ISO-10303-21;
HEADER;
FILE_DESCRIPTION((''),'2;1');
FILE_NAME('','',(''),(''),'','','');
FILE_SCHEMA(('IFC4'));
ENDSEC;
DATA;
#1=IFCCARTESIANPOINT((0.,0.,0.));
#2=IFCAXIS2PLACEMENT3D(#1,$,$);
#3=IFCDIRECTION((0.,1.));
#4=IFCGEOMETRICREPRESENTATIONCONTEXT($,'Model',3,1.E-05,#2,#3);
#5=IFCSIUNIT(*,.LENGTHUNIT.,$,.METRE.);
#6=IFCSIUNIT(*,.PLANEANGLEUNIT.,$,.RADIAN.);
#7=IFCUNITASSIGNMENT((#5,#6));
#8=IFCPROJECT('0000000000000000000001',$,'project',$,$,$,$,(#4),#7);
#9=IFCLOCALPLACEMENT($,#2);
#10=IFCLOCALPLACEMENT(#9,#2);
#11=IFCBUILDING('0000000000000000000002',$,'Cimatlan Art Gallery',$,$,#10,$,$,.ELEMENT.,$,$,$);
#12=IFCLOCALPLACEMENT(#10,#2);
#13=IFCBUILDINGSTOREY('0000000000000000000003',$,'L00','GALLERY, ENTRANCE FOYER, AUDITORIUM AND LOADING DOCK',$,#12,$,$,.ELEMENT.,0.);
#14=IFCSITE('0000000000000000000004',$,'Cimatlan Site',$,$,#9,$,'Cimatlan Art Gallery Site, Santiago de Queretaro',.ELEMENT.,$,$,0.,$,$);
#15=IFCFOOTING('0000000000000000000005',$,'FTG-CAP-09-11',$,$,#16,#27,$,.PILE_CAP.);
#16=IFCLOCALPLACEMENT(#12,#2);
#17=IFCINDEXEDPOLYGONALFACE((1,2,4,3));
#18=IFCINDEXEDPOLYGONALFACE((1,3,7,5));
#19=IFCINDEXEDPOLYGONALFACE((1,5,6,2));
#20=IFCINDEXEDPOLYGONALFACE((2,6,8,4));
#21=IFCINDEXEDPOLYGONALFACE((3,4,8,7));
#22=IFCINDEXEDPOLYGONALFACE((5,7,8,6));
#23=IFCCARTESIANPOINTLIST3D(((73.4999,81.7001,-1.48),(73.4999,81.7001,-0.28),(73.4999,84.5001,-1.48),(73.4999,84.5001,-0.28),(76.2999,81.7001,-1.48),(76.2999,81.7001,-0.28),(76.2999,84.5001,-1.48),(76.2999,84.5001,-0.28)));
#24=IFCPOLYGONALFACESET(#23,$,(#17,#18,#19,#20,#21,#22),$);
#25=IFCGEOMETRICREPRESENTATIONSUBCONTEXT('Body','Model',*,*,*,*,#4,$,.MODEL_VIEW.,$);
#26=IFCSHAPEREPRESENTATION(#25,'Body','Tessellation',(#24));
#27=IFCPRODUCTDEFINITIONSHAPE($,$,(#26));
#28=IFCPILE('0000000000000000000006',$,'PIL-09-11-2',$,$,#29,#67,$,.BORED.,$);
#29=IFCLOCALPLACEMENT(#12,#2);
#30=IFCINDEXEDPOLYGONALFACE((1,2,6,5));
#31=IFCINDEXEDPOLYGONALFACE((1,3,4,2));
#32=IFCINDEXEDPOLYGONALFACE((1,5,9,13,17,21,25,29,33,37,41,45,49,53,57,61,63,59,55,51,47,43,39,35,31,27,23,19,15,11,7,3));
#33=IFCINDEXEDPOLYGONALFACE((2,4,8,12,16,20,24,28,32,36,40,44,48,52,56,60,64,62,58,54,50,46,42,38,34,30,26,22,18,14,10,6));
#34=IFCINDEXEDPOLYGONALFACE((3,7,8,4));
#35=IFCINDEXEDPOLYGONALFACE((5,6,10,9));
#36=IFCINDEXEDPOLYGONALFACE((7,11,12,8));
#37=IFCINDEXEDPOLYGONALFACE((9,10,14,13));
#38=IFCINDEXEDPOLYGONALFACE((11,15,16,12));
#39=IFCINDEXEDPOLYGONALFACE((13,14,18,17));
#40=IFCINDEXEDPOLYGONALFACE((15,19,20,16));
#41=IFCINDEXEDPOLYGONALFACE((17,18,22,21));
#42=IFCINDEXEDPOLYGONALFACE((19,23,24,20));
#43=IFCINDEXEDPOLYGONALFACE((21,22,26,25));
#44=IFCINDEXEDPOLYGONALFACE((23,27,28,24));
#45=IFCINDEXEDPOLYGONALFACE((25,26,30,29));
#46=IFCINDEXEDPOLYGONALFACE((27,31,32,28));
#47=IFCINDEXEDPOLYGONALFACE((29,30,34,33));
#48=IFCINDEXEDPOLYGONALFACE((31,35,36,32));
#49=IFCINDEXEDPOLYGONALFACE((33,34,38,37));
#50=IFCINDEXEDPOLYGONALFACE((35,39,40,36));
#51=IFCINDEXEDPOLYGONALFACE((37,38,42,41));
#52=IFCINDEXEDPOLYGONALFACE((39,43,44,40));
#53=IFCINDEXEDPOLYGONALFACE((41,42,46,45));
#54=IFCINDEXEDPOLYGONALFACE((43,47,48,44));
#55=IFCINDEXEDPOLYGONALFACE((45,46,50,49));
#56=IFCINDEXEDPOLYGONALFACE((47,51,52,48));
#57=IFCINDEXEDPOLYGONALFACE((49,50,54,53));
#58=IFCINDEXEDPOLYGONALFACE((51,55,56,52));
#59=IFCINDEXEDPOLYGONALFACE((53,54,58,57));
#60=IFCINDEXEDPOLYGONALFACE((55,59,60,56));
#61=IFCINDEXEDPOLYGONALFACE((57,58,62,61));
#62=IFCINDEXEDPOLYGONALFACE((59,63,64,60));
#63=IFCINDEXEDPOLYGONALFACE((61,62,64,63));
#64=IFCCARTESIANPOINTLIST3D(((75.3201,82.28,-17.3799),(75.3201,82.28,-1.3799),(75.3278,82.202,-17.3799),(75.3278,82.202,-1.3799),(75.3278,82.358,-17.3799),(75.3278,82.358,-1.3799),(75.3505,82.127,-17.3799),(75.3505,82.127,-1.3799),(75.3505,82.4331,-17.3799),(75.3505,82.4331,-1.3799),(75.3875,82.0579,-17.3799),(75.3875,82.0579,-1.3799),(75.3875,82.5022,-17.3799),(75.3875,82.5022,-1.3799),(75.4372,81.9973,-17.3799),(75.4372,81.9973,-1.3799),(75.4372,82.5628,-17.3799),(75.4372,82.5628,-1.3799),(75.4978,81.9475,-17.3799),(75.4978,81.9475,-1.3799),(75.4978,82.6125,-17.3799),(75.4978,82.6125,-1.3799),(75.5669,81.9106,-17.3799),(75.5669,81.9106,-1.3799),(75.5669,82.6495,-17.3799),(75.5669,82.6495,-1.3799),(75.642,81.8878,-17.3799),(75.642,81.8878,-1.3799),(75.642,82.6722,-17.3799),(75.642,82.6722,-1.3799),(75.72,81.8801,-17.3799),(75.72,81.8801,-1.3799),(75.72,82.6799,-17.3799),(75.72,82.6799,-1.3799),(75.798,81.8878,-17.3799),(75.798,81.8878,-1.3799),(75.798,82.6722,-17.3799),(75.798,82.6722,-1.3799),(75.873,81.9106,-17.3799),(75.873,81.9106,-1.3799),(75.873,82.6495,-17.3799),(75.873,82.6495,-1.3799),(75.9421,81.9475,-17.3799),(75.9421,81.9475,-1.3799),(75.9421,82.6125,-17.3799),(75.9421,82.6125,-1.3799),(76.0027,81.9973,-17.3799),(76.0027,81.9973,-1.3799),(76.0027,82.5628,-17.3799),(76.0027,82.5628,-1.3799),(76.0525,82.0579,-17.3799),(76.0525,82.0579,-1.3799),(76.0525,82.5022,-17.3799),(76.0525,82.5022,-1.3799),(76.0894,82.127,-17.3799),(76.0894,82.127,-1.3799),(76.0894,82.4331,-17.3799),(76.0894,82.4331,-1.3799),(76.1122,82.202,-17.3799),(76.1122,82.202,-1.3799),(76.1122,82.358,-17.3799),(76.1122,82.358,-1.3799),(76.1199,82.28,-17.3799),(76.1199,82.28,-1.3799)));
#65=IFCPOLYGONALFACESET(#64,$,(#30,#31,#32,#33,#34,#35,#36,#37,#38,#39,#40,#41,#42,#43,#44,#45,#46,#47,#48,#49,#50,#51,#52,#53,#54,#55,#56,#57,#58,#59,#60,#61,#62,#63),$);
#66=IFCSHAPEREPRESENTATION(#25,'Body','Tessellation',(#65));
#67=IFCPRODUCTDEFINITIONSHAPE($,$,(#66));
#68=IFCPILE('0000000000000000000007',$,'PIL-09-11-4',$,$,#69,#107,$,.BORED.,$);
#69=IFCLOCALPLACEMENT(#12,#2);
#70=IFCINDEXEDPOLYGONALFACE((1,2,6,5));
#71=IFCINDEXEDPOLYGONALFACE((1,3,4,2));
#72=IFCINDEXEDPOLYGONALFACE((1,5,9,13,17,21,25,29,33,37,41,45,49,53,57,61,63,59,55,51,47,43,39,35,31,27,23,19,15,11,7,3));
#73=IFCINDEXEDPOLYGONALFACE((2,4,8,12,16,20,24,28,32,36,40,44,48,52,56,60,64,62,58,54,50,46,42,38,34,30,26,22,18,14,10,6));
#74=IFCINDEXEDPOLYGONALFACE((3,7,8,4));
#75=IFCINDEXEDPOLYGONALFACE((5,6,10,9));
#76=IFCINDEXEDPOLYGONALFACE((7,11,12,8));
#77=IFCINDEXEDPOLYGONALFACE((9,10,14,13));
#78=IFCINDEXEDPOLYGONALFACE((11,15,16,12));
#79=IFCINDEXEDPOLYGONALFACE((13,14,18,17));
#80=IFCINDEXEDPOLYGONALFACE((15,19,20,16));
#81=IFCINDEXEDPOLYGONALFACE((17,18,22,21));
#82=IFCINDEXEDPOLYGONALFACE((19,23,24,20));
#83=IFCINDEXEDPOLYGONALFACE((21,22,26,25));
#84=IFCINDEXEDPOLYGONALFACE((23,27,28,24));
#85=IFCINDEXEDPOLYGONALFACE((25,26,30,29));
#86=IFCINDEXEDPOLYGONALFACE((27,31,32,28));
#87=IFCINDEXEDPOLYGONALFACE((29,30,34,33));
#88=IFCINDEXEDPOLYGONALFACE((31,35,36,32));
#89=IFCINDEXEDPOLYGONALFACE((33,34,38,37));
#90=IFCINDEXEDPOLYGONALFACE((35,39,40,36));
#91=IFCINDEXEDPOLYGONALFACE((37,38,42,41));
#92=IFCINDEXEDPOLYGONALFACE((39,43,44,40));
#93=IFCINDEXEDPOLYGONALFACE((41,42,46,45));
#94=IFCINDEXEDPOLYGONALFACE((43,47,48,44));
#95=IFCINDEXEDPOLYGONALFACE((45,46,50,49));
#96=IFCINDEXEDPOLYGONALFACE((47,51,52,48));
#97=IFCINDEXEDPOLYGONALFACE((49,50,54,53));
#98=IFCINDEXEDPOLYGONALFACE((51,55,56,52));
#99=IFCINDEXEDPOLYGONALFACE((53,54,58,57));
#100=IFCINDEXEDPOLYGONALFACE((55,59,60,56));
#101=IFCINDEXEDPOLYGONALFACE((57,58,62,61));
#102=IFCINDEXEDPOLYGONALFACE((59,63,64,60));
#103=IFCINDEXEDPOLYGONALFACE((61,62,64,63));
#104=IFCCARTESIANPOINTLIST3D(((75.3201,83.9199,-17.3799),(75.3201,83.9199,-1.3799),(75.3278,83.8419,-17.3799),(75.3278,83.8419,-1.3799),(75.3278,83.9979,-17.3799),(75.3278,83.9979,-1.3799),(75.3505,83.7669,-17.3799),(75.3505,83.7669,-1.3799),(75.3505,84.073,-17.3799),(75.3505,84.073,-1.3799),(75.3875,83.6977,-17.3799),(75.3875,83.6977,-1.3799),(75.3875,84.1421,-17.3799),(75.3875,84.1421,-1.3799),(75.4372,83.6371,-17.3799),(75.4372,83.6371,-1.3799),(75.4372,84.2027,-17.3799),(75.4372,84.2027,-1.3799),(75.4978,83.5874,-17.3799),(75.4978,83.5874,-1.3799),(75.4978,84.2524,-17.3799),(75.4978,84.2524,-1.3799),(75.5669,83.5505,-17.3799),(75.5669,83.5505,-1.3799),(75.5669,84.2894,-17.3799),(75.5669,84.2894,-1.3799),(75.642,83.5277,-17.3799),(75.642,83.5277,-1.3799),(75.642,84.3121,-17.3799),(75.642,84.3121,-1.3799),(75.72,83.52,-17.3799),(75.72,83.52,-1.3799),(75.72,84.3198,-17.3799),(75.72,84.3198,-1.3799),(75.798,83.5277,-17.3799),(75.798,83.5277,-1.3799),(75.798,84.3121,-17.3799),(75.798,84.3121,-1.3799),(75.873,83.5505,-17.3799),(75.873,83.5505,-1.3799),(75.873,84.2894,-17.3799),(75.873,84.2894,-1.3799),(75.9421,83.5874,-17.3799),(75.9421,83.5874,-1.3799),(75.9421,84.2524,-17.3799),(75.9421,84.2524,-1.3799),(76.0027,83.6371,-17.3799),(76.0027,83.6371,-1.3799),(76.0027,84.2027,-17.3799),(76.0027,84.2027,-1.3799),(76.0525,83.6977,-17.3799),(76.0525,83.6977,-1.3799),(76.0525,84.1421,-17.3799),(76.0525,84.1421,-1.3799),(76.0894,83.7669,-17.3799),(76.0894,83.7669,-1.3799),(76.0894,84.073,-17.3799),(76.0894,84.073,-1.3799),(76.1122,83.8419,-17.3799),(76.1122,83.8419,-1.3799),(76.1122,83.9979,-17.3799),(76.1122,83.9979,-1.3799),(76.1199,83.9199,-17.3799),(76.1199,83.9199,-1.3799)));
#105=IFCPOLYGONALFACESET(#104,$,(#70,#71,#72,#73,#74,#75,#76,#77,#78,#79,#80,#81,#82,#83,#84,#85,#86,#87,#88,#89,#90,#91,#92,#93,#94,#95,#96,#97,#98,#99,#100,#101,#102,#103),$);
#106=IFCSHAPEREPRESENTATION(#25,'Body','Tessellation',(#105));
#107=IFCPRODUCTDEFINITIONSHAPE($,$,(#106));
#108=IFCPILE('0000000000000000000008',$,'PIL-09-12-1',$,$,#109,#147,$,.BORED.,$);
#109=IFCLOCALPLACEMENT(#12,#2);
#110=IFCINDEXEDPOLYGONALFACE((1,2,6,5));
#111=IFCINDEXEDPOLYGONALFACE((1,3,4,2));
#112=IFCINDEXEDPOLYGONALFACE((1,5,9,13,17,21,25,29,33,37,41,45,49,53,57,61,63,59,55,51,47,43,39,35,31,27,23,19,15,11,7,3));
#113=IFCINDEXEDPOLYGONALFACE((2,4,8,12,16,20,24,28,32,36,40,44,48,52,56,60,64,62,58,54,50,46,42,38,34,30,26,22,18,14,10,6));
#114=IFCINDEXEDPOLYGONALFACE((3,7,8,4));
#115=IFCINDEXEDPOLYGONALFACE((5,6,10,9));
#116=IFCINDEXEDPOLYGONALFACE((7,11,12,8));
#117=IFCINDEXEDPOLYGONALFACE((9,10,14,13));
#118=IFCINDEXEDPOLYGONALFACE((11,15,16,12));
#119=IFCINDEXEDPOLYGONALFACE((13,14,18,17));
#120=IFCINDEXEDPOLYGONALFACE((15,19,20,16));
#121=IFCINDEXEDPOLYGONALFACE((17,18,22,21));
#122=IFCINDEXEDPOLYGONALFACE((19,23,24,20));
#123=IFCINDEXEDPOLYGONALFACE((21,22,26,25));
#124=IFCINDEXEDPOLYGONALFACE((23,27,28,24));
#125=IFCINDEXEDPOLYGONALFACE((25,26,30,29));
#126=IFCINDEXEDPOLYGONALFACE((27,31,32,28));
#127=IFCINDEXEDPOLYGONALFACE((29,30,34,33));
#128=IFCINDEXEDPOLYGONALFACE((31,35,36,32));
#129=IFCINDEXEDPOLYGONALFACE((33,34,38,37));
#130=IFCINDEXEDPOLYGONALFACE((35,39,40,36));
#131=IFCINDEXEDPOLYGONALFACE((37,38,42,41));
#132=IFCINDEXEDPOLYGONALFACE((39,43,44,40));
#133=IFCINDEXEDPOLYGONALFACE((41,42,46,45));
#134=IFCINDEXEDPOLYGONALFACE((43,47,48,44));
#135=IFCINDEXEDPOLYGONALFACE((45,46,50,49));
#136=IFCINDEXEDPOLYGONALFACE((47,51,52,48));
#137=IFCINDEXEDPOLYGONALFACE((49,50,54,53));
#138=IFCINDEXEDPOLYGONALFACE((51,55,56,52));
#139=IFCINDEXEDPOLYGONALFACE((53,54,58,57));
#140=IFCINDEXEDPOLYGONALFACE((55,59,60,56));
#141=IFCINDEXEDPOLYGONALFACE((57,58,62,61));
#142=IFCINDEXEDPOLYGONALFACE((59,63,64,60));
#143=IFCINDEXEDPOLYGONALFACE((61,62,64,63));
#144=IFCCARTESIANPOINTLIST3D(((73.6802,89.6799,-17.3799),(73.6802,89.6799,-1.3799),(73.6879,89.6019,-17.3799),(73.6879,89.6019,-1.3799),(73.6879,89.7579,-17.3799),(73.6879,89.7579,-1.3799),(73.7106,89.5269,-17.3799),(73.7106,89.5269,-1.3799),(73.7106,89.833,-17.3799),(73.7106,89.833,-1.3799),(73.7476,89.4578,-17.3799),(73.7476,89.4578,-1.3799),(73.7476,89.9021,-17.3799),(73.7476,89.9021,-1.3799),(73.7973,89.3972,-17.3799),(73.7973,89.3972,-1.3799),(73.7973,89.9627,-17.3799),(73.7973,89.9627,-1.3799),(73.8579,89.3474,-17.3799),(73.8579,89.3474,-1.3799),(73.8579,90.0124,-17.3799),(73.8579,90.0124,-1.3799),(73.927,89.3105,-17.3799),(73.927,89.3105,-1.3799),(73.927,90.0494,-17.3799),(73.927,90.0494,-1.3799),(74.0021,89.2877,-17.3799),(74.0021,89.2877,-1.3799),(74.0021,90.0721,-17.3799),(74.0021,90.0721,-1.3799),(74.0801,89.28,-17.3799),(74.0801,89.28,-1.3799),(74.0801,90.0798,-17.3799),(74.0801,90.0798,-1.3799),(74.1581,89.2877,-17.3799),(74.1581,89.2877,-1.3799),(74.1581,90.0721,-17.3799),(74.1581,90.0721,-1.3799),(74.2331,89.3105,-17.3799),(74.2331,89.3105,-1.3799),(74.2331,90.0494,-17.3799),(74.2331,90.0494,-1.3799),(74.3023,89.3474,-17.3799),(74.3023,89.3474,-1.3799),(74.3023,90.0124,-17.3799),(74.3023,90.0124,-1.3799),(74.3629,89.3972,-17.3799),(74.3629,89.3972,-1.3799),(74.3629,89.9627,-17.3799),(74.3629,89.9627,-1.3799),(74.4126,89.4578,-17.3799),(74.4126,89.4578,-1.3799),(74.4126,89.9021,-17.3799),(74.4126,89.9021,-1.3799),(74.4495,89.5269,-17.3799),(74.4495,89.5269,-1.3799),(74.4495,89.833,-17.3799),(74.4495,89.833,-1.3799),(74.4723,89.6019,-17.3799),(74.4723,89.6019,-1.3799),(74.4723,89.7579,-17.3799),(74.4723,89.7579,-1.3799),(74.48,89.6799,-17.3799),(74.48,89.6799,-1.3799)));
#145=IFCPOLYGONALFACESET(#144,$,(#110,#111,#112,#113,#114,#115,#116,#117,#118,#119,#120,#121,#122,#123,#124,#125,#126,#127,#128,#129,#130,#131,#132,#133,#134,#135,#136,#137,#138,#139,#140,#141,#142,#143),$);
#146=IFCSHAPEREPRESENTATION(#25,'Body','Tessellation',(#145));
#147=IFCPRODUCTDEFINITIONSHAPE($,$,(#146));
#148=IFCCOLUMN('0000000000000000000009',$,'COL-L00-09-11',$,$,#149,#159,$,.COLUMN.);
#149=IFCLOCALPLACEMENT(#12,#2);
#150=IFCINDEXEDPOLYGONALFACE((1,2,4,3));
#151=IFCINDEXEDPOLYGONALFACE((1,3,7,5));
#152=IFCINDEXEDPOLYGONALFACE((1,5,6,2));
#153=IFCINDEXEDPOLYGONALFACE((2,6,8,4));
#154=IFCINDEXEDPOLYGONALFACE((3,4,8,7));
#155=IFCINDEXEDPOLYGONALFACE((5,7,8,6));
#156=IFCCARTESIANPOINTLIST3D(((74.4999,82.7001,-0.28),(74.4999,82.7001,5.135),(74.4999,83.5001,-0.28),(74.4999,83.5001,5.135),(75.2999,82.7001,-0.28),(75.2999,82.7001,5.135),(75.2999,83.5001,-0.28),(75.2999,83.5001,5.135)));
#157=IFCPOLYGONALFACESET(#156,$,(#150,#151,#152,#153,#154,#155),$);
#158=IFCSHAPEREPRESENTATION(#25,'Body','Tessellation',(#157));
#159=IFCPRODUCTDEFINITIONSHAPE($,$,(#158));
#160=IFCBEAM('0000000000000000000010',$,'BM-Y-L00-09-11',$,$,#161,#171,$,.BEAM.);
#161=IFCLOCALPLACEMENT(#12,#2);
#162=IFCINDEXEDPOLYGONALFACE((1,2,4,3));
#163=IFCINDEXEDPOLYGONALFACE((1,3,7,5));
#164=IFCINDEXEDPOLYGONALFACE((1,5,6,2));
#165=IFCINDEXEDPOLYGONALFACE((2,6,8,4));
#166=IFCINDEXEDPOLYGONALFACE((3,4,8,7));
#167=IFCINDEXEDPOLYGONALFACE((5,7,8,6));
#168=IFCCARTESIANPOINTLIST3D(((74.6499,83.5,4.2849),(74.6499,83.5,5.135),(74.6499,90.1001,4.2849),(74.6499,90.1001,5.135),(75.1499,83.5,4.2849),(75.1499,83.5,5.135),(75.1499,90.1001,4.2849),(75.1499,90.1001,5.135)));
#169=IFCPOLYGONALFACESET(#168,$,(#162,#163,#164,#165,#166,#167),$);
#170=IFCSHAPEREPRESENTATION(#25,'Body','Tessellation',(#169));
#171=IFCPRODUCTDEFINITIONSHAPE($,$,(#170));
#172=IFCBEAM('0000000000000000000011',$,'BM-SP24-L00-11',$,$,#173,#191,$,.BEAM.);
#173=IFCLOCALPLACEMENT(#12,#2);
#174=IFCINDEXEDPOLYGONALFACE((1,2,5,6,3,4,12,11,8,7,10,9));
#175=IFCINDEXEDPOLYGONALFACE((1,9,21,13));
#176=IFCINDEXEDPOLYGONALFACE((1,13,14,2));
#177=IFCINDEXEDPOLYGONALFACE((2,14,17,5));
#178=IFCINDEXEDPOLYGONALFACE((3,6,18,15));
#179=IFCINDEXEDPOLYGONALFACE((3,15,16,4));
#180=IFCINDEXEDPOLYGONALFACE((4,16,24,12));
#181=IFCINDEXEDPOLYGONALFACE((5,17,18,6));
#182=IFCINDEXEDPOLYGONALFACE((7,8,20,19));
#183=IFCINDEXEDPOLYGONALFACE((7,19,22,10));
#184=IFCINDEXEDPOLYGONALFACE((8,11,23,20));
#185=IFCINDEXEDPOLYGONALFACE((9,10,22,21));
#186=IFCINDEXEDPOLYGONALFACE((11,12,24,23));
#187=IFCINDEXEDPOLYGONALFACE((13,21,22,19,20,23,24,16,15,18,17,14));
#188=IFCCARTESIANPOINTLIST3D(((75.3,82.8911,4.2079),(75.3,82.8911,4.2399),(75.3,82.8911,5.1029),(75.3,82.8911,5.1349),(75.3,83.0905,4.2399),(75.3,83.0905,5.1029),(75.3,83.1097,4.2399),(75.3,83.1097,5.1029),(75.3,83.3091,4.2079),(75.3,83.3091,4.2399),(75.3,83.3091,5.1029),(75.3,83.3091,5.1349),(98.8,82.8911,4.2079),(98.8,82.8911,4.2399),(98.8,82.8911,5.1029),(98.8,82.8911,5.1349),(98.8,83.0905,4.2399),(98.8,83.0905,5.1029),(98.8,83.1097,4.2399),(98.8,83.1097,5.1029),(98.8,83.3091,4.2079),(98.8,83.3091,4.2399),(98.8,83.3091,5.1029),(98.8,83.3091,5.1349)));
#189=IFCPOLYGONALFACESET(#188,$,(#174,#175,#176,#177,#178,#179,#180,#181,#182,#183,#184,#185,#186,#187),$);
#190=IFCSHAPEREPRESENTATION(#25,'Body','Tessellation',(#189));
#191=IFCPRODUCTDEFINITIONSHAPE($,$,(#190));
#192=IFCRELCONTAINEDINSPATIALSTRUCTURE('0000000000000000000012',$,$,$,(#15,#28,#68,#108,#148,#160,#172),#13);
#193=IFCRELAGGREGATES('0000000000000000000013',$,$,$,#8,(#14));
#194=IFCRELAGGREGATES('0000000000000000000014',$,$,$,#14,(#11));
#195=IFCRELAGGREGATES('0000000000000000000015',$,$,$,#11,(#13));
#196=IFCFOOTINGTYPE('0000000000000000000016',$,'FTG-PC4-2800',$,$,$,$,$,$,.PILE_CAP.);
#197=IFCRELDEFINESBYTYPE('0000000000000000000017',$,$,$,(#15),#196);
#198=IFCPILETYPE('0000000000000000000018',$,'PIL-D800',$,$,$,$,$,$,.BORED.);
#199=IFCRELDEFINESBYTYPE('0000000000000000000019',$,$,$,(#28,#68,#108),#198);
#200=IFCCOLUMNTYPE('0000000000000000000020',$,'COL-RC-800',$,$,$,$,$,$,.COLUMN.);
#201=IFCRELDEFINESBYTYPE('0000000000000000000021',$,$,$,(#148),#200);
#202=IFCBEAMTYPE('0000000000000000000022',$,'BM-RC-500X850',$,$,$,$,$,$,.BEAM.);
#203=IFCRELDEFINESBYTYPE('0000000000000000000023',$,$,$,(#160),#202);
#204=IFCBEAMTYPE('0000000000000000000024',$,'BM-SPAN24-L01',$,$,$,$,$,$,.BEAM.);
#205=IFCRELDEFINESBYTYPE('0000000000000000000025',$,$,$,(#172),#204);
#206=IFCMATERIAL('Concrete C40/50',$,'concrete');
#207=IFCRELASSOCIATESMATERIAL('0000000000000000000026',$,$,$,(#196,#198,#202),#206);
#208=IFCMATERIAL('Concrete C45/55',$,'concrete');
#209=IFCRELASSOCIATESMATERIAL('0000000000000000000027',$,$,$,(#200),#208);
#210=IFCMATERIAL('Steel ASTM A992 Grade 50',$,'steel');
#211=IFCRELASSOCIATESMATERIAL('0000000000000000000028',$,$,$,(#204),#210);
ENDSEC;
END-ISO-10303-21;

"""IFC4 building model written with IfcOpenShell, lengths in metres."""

from ifc_helpers import new_model, si_unit, direction, frame, origin, origin_2d, place, context, subcontext, project, spatial, rectangle, circle, i_section, extrude, material, material_profile, profile_set, type_object, element, save


model = new_model("IFC4")

# Units and contexts
model_context = context("Model", 3, precision=1e-05, world=origin(), true_north=direction((0.0, 1.0)))
body_context = subcontext(model_context, "Body", "Model", "MODEL_VIEW")
ifc_project = project(units=[si_unit("LENGTHUNIT", "METRE"), si_unit("PLANEANGLEUNIT", "RADIAN")], contexts=[model_context])

# Site, building, storey
site_placement = place(None, origin())
site = spatial("IfcSite", under=ifc_project, at=site_placement, Name="Cimatlan Site", LongName="Cimatlan Art Gallery Site, Santiago de Queretaro", CompositionType="ELEMENT", RefElevation=0.0)
building_placement = place(site_placement, origin())
building = spatial("IfcBuilding", under=site, at=building_placement, Name="Cimatlan Art Gallery", CompositionType="ELEMENT")
storey_placement = place(building_placement, origin())
storey = spatial("IfcBuildingStorey", under=building, at=storey_placement, Name="L00", Description="GALLERY, ENTRANCE FOYER, AUDITORIUM AND LOADING DOCK", CompositionType="ELEMENT", Elevation=0.0)

# Footing
ifc_material_1 = material(Name="Concrete C40/50", Category="concrete")
footing_type = type_object("IfcFootingType", Name="FTG-PC4-2800", PredefinedType="PILE_CAP", material=ifc_material_1)
footing_placement = place(storey_placement, frame((74.8999, 83.1001, -1.48), z_axis=(0.0, 0.0, 1.0), x_axis=(1.0, 0.0, 0.0)))
element("IfcFooting", 1, at=footing_placement, inside=storey, type_object=footing_type, Name="FTG-CAP-09-11", PredefinedType="PILE_CAP", context=body_context, shape_type="SweptSolid", body=[
    extrude(rectangle(XDim=2.8, YDim=2.8, at=origin_2d()), origin(), (0.0, 0.0, 1.0), 1.2),
])

# Piles
pile_type = type_object("IfcPileType", Name="PIL-D800", PredefinedType="BORED", material=ifc_material_1)
for number, where, z_axis, x_axis, name in (
    (2, (75.72, 82.28, -1.3799), (0.0, 0.0, -1.0), (1.0, 0.0, 0.0), "PIL-09-11-2"),
    (3, (75.72, 83.9199, -1.3799), (0.0, 0.0, -1.0), (1.0, 0.0, 0.0), "PIL-09-11-4"),
    (4, (74.0801, 89.6799, -1.3799), (0.0, 0.0, -1.0), (1.0, 0.0, 0.0), "PIL-09-12-1"),
):
    element("IfcPile", number, at=place(storey_placement, frame(where, z_axis=z_axis, x_axis=x_axis)), inside=storey, type_object=pile_type, Name=name, PredefinedType="BORED", context=body_context, shape_type="SweptSolid", body=[
        extrude(circle(Radius=0.3999, at=origin_2d()), origin(), (0.0, 0.0, 1.0), 16.0),
    ])

# Column
ifc_material_2 = material(Name="Concrete C45/55", Category="concrete")
ifc_material_profile_1 = material_profile(ifc_material_2, rectangle(XDim=0.8, YDim=0.8, at=origin_2d()), Name="RC800X800")
ifc_profile_set_1 = profile_set([ifc_material_profile_1], Name="Concrete C45/55")
column_type = type_object("IfcColumnType", Name="COL-RC-800", PredefinedType="COLUMN", material=ifc_profile_set_1)
column_placement = place(storey_placement, frame((74.8999, 83.1001, -0.28), z_axis=(0.0, 0.0, 1.0), x_axis=(1.0, 0.0, 0.0)))
element("IfcColumn", 5, at=column_placement, inside=storey, type_object=column_type, Name="COL-L00-09-11", PredefinedType="COLUMN", context=body_context, shape_type="SweptSolid", body=[
    extrude(rectangle(XDim=0.8, YDim=0.8, at=origin_2d()), origin(), (0.0, 0.0, 1.0), 5.415),
])

# Beams
ifc_material_profile_2 = material_profile(ifc_material_1, rectangle(XDim=0.5, YDim=0.8501, at=origin_2d()), Name="RC500X850")
ifc_profile_set_2 = profile_set([ifc_material_profile_2], Name="Concrete C40/50")
beam_type_1 = type_object("IfcBeamType", Name="BM-RC-500X850", PredefinedType="BEAM", material=ifc_profile_set_2)
beam_1_placement = place(storey_placement, frame((74.8999, 83.5, 4.71), z_axis=(0.0, 1.0, 0.0), x_axis=(-1.0, 0.0, 0.0)))
element("IfcBeam", 6, at=beam_1_placement, inside=storey, type_object=beam_type_1, Name="BM-Y-L00-09-11", PredefinedType="BEAM", context=body_context, shape_type="SweptSolid", body=[
    extrude(rectangle(XDim=0.5, YDim=0.8501, at=origin_2d()), origin(), (0.0, 0.0, 1.0), 6.6001),
])
ifc_material_3 = material(Name="Steel ASTM A992 Grade 50", Category="steel")
ifc_material_profile_3 = material_profile(ifc_material_3, i_section(OverallWidth=0.418, OverallDepth=0.927, WebThickness=0.0193, FlangeThickness=0.032, at=origin_2d()), Name="W36X231")
ifc_profile_set_3 = profile_set([ifc_material_profile_3], Name="Steel ASTM A992 Grade 50")
beam_type_2 = type_object("IfcBeamType", Name="BM-SPAN24-L01", PredefinedType="BEAM", material=ifc_profile_set_3)
beam_2_placement = place(storey_placement, frame((75.3, 83.1001, 4.6714), z_axis=(1.0, 0.0, 0.0), x_axis=(0.0, 1.0, 0.0)))
element("IfcBeam", 7, at=beam_2_placement, inside=storey, type_object=beam_type_2, Name="BM-SP24-L00-11", PredefinedType="BEAM", context=body_context, shape_type="SweptSolid", body=[
    extrude(i_section(OverallWidth=0.418, OverallDepth=0.927, WebThickness=0.0193, FlangeThickness=0.032, at=origin_2d()), origin(), (0.0, 0.0, 1.0), 23.5),
])

save(model, "model.ifc")
